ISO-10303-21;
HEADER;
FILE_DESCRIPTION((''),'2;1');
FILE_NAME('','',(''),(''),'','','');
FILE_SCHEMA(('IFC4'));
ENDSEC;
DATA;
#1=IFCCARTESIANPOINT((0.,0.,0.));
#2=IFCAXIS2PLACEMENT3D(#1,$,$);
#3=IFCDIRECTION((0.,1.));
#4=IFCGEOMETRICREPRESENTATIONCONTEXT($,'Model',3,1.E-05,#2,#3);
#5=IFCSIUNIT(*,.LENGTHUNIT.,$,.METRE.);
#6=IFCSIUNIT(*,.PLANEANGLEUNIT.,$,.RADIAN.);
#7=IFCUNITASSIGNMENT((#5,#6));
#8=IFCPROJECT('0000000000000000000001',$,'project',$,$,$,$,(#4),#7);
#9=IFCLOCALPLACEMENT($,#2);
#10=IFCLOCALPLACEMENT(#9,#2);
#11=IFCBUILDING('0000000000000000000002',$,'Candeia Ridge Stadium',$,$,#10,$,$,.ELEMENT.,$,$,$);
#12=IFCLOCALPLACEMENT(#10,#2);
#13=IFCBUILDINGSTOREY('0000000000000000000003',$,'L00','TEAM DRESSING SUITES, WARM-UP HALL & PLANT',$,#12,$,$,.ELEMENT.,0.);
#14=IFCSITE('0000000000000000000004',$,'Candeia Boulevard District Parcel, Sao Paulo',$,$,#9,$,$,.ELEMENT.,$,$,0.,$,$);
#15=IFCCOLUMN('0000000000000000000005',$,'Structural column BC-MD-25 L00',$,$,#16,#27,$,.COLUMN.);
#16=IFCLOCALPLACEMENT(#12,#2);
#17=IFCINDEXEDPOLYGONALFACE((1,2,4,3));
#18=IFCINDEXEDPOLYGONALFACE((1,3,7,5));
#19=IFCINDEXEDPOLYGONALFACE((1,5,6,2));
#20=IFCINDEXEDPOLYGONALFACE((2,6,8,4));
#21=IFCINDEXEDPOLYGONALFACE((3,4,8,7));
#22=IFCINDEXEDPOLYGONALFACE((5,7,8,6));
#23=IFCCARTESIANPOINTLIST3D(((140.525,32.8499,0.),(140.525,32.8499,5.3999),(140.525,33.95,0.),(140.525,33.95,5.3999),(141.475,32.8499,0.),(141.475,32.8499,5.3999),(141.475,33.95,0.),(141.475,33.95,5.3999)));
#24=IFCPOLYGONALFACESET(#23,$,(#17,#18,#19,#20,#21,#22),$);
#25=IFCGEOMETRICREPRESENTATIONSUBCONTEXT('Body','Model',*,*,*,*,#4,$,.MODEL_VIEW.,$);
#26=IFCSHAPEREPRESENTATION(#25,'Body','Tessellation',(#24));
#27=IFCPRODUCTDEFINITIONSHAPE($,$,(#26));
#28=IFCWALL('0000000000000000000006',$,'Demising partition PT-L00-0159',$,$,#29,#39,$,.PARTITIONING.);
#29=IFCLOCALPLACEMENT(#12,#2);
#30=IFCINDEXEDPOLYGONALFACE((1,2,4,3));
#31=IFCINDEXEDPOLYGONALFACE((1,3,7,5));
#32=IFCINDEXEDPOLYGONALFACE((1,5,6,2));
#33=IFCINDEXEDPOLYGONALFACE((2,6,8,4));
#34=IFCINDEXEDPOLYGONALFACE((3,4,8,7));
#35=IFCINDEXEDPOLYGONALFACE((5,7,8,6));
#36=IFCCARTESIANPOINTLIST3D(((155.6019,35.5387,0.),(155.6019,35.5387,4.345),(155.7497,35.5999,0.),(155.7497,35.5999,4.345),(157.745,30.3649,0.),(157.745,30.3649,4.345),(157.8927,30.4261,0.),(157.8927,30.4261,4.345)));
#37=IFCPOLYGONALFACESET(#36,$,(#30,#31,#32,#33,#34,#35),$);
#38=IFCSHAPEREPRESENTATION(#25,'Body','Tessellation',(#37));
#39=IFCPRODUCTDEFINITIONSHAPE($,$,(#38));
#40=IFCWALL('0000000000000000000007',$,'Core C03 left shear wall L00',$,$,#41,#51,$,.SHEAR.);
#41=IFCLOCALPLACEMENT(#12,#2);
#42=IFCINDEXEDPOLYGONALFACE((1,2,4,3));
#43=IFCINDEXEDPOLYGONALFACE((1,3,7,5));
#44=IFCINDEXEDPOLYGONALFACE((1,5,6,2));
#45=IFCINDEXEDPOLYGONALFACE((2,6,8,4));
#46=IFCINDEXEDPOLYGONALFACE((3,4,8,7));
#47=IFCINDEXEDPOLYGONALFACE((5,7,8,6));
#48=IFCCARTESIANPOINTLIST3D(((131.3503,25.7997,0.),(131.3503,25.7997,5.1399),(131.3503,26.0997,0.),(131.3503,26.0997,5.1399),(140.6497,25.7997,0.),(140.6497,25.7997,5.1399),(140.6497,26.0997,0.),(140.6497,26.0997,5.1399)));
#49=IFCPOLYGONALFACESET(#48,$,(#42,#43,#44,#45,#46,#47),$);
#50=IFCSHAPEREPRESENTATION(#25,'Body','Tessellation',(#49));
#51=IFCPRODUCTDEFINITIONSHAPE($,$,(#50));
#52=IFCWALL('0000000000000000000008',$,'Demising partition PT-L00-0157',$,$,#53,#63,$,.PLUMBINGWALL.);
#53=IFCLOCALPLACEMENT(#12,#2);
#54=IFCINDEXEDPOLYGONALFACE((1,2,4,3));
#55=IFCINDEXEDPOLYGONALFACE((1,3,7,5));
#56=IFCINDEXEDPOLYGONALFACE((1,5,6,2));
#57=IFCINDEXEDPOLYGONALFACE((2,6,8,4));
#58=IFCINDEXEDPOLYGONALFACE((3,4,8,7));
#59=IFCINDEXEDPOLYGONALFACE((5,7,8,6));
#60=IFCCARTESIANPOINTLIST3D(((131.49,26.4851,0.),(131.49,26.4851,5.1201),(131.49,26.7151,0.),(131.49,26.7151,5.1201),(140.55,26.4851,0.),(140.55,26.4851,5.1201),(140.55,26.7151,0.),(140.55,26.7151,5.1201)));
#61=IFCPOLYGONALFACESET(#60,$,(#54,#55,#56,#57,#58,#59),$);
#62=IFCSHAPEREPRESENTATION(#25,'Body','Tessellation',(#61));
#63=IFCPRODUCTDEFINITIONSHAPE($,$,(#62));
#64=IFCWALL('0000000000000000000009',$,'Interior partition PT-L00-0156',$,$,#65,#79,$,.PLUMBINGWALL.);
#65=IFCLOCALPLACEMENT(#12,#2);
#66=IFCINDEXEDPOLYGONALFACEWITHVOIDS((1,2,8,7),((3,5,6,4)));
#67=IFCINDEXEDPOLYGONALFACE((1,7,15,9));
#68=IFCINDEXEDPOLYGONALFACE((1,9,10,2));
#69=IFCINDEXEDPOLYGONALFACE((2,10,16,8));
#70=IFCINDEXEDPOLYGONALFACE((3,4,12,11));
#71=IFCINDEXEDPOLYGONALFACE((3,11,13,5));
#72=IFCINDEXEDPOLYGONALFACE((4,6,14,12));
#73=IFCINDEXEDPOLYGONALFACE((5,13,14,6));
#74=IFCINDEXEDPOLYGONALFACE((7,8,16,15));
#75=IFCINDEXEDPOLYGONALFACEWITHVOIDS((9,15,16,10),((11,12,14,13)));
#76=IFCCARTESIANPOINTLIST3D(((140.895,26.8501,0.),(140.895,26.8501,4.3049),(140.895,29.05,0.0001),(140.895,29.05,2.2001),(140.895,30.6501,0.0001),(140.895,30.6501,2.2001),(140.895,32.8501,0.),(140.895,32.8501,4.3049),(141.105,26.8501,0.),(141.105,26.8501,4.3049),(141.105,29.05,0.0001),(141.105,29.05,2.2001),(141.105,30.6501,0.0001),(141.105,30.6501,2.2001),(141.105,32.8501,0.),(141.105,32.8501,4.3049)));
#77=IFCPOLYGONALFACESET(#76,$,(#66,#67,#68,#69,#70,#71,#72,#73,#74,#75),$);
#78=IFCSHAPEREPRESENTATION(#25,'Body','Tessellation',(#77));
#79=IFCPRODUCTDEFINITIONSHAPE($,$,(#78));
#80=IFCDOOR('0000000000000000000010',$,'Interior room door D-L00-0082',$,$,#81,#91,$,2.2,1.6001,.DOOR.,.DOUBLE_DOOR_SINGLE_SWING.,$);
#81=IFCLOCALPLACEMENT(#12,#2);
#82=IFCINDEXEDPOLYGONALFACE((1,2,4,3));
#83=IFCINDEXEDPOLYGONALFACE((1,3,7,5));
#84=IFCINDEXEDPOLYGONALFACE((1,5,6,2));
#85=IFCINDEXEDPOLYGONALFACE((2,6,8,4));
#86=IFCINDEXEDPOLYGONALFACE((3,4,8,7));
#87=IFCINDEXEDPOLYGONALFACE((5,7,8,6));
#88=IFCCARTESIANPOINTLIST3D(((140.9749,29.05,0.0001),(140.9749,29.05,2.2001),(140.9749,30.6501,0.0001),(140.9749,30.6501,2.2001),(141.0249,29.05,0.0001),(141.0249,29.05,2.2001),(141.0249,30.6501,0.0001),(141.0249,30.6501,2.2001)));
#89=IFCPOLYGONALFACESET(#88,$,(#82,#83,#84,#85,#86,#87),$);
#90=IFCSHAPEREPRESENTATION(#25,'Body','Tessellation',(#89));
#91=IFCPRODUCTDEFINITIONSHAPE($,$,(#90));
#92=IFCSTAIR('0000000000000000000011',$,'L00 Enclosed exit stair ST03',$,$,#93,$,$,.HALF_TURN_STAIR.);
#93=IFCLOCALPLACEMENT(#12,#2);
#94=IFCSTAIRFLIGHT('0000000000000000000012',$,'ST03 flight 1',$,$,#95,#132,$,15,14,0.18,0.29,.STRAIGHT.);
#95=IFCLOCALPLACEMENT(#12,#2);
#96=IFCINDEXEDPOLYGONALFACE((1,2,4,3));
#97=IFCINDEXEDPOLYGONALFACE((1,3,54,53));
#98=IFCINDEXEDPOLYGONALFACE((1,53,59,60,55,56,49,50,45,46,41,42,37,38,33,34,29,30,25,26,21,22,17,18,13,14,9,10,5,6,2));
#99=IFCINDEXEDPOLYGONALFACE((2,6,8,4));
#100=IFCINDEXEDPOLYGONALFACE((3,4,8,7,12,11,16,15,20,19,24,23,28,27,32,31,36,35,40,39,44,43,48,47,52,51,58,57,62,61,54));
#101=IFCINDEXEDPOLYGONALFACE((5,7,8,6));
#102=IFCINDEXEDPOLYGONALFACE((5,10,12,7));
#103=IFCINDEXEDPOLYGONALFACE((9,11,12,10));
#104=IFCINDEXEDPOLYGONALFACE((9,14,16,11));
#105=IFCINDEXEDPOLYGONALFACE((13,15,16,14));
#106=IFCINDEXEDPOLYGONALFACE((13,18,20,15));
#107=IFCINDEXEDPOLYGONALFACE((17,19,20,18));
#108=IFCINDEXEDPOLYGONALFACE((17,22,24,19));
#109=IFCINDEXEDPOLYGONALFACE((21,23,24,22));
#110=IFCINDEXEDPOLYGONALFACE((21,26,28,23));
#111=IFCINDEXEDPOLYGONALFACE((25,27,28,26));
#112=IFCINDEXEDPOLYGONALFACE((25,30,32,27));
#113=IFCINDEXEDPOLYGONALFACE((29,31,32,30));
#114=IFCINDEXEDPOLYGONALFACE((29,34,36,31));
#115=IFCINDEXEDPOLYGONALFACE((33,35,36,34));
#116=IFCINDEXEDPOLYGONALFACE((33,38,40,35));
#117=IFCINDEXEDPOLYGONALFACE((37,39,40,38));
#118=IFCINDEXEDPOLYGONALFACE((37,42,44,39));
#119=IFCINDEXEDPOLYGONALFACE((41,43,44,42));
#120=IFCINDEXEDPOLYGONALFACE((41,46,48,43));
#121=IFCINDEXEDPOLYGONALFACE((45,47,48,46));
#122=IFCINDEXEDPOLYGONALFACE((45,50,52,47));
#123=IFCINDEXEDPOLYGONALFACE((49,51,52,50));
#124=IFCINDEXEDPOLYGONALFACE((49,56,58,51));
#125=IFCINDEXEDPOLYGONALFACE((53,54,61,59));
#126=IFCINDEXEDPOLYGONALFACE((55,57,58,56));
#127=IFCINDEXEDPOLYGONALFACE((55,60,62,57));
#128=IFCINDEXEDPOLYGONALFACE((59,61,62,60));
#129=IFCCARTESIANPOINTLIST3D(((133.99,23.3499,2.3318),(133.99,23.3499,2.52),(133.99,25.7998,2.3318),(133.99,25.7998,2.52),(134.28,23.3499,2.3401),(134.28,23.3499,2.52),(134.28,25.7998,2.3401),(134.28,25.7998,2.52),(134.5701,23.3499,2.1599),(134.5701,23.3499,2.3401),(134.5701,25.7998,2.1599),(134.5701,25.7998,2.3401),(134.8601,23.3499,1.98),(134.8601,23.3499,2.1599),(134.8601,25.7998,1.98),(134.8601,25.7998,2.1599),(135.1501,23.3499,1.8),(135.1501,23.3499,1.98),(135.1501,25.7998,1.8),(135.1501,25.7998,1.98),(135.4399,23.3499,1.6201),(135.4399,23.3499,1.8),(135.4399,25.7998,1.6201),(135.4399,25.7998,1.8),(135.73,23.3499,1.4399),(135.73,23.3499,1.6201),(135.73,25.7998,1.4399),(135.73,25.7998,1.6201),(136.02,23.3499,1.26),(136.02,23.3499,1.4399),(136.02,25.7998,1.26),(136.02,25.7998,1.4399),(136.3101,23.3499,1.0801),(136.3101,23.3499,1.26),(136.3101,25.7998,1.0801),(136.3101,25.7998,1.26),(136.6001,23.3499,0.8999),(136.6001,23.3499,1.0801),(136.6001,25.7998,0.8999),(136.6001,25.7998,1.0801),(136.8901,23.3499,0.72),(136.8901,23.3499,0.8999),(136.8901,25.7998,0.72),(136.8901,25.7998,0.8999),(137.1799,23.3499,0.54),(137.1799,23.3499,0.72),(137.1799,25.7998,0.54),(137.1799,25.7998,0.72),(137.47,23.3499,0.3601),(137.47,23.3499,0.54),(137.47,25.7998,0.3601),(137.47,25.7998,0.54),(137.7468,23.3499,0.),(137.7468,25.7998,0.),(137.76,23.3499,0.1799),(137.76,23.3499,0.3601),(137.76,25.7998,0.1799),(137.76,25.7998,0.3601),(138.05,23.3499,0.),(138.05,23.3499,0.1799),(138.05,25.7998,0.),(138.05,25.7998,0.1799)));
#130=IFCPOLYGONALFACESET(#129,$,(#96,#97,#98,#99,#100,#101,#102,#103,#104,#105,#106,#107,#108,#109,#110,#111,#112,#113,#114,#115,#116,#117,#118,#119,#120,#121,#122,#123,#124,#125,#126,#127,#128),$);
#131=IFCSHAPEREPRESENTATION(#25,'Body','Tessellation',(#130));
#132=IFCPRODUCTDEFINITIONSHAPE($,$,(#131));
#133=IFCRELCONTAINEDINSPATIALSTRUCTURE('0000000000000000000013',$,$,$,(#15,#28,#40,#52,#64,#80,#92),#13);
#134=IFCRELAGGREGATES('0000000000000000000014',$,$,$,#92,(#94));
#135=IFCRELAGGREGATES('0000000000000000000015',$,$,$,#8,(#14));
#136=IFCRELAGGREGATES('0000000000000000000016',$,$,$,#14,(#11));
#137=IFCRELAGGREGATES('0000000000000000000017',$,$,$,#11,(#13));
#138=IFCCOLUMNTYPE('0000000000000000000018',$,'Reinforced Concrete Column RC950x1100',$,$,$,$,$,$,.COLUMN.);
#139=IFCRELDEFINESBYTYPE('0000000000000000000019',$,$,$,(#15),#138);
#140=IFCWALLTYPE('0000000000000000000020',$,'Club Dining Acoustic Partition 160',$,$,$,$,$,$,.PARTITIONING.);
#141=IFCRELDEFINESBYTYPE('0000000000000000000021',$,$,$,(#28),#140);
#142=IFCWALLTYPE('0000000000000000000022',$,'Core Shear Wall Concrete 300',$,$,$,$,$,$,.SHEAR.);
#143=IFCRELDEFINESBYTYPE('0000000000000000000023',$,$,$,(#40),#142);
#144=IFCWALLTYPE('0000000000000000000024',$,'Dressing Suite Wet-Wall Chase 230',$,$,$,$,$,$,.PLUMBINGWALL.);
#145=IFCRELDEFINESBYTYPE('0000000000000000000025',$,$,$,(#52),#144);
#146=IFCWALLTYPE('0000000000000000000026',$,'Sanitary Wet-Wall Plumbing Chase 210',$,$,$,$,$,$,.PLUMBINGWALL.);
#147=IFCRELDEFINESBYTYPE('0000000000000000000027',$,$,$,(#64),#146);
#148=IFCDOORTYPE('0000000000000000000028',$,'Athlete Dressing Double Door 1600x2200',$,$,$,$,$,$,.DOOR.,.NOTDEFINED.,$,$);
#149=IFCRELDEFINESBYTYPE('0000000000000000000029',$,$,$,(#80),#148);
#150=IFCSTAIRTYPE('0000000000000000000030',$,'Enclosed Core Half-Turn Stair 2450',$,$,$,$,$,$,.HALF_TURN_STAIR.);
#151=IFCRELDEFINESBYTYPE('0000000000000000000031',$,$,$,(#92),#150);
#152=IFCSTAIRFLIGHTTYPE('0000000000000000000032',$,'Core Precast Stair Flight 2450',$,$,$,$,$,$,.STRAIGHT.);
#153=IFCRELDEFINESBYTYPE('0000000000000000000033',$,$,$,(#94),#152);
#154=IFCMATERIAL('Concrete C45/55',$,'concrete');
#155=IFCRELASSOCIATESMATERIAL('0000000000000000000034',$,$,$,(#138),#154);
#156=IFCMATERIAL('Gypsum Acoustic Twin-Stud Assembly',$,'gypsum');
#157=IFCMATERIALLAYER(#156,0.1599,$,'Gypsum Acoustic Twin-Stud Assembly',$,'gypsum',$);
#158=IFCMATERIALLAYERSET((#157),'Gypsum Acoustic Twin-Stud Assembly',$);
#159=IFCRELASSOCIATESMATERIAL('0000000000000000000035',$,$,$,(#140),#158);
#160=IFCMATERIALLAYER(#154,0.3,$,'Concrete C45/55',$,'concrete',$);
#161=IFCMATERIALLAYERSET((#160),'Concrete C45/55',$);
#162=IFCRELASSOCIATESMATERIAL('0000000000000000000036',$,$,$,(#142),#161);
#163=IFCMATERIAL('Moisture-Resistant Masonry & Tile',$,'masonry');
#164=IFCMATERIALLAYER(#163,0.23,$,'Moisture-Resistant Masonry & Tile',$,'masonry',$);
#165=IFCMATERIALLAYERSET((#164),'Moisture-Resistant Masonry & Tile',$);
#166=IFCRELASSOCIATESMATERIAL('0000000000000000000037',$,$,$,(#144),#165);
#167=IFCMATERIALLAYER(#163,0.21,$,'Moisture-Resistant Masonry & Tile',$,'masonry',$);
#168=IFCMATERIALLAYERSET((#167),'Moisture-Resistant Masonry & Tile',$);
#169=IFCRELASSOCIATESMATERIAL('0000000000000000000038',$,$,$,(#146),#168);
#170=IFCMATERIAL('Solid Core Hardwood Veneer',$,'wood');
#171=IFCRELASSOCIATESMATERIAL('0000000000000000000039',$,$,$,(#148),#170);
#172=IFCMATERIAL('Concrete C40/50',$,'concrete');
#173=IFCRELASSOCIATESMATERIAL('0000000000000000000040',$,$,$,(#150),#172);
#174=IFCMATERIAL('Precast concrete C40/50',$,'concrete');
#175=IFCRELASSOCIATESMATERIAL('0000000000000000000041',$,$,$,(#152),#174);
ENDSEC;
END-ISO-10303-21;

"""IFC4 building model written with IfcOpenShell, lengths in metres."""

from ifc_helpers import new_model, si_unit, direction, frame, frame_2d, origin, origin_2d, place, context, subcontext, project, spatial, polyline, rectangle, outline, extrude, material, layer, layer_set, material_profile, profile_set, type_object, element, fill, aggregate, save


model = new_model("IFC4")

# Units and contexts
model_context = context("Model", 3, precision=1e-05, world=origin(), true_north=direction((0.0, 1.0)))
body_context = subcontext(model_context, "Body", "Model", "MODEL_VIEW")
ifc_project = project(units=[si_unit("LENGTHUNIT", "METRE"), si_unit("PLANEANGLEUNIT", "RADIAN")], contexts=[model_context])

# Site, building, storey
site_placement = place(None, origin())
site = spatial("IfcSite", under=ifc_project, at=site_placement, Name="Candeia Boulevard District Parcel, Sao Paulo", CompositionType="ELEMENT", RefElevation=0.0)
building_placement = place(site_placement, origin())
building = spatial("IfcBuilding", under=site, at=building_placement, Name="Candeia Ridge Stadium", CompositionType="ELEMENT")
storey_placement = place(building_placement, origin())
storey = spatial("IfcBuildingStorey", under=building, at=storey_placement, Name="L00", Description="TEAM DRESSING SUITES, WARM-UP HALL & PLANT", CompositionType="ELEMENT", Elevation=0.0)

# Shared definitions
ifc_material_1 = material(Name="Concrete C40/50", Category="concrete")

# Column
ifc_material_2 = material(Name="Concrete C45/55", Category="concrete")
ifc_material_profile_1 = material_profile(ifc_material_2, rectangle(XDim=0.95, YDim=1.1001, at=origin_2d()), Name="RC950x1100", Category="concrete")
ifc_profile_set_1 = profile_set([ifc_material_profile_1], Name="Concrete C45/55")
column_type_1 = type_object("IfcColumnType", Name="Reinforced Concrete Column RC950x1100", PredefinedType="COLUMN", material=ifc_profile_set_1)
column_1_placement = place(storey_placement, frame((141.0, 33.3999, 0.0), z_axis=(0.0, 0.0, 1.0), x_axis=(1.0, 0.0, 0.0)))
element("IfcColumn", 1, at=column_1_placement, inside=storey, type_object=column_type_1, Name="Structural column BC-MD-25 L00", PredefinedType="COLUMN", context=body_context, shape_type="SweptSolid", body=[
    extrude(rectangle(XDim=0.95, YDim=1.1001, at=origin_2d()), origin(), (0.0, 0.0, 1.0), 5.3999),
])

# Walls
ifc_material_3 = material(Name="Gypsum Acoustic Twin-Stud Assembly", Category="gypsum")
ifc_layer_1 = layer(ifc_material_3, 0.1599, Name="Gypsum Acoustic Twin-Stud Assembly", Category="gypsum")
ifc_layer_set_1 = layer_set([ifc_layer_1], Name="Gypsum Acoustic Twin-Stud Assembly")
wall_type_1 = type_object("IfcWallType", Name="Club Dining Acoustic Partition 160", PredefinedType="PARTITIONING", material=ifc_layer_set_1)
wall_1_placement = place(storey_placement, frame((155.6758, 35.5693, 0.0), z_axis=(0.0, 0.0, 1.0), x_axis=(0.382683, -0.92388, 0.0)))
element("IfcWall", 2, at=wall_1_placement, inside=storey, type_object=wall_type_1, Name="Demising partition PT-L00-0159", PredefinedType="PARTITIONING", context=body_context, shape_type="SweptSolid", body=[
    extrude(rectangle(XDim=5.6001, YDim=0.1599, at=frame_2d((2.8, 0.0))), origin(), (0.0, 0.0, 1.0), 4.345),
])
ifc_layer_2 = layer(ifc_material_2, 0.3, Name="Concrete C45/55", Category="concrete")
ifc_layer_set_2 = layer_set([ifc_layer_2], Name="Concrete C45/55")
wall_type_2 = type_object("IfcWallType", Name="Core Shear Wall Concrete 300", PredefinedType="SHEAR", material=ifc_layer_set_2)
wall_2_placement = place(storey_placement, frame((140.6497, 25.9497, 0.0), z_axis=(0.0, 0.0, 1.0), x_axis=(-1.0, 0.0, 0.0)))
element("IfcWall", 3, at=wall_2_placement, inside=storey, type_object=wall_type_2, Name="Core C03 left shear wall L00", PredefinedType="SHEAR", context=body_context, shape_type="SweptSolid", body=[
    extrude(rectangle(XDim=9.2993, YDim=0.3, at=frame_2d((4.6497, 0.0))), origin(), (0.0, 0.0, 1.0), 5.1399),
])
ifc_material_4 = material(Name="Moisture-Resistant Masonry & Tile", Category="masonry")
ifc_layer_3 = layer(ifc_material_4, 0.23, Name="Moisture-Resistant Masonry & Tile", Category="masonry")
ifc_layer_set_3 = layer_set([ifc_layer_3], Name="Moisture-Resistant Masonry & Tile")
wall_type_3 = type_object("IfcWallType", Name="Dressing Suite Wet-Wall Chase 230", PredefinedType="PLUMBINGWALL", material=ifc_layer_set_3)
wall_3_placement = place(storey_placement, frame((140.55, 26.6001, 0.0), z_axis=(0.0, 0.0, 1.0), x_axis=(-1.0, 0.0, 0.0)))
element("IfcWall", 4, at=wall_3_placement, inside=storey, type_object=wall_type_3, Name="Demising partition PT-L00-0157", PredefinedType="PLUMBINGWALL", context=body_context, shape_type="SweptSolid", body=[
    extrude(rectangle(XDim=9.0601, YDim=0.23, at=frame_2d((4.53, 0.0))), origin(), (0.0, 0.0, 1.0), 5.1201),
])

# Wall, opening, door
ifc_layer_4 = layer(ifc_material_4, 0.21, Name="Moisture-Resistant Masonry & Tile", Category="masonry")
ifc_layer_set_4 = layer_set([ifc_layer_4], Name="Moisture-Resistant Masonry & Tile")
wall_type_4 = type_object("IfcWallType", Name="Sanitary Wet-Wall Plumbing Chase 210", PredefinedType="PLUMBINGWALL", material=ifc_layer_set_4)
wall_4_placement = place(storey_placement, frame((141.0, 32.8501, 0.0), z_axis=(0.0, 0.0, 1.0), x_axis=(0.0, -1.0, 0.0)))
wall_4 = element("IfcWall", 5, at=wall_4_placement, inside=storey, type_object=wall_type_4, Name="Interior partition PT-L00-0156", PredefinedType="PLUMBINGWALL", context=body_context, shape_type="SweptSolid", body=[
    extrude(rectangle(XDim=6.0, YDim=0.21, at=frame_2d((3.0, 0.0))), origin(), (0.0, 0.0, 1.0), 4.3049),
])
opening_placement = place(wall_4_placement, frame((2.2, 0.0, 0.0)))
opening = element("IfcOpeningElement", 6, at=opening_placement, cuts=wall_4, PredefinedType="OPENING", context=body_context, shape_type="SweptSolid", body=[
    extrude(rectangle(XDim=1.6001, YDim=2.2, at=frame_2d((0.8, 1.1001))), frame((0.0, 0.115, 0.0), z_axis=(0.0, -1.0, 0.0), x_axis=(1.0, 0.0, 0.0)), (0.0, 0.0, 1.0), 0.23),
])
ifc_material_5 = material(Name="Solid Core Hardwood Veneer", Category="wood")
door_type = type_object("IfcDoorType", Name="Athlete Dressing Double Door 1600x2200", OperationType="NOTDEFINED", PredefinedType="DOOR", material=ifc_material_5)
door_placement = place(opening_placement, origin())
door = element("IfcDoor", 7, at=door_placement, inside=storey, type_object=door_type, Name="Interior room door D-L00-0082", OperationType="DOUBLE_DOOR_SINGLE_SWING", OverallHeight=2.2, OverallWidth=1.6001, PredefinedType="DOOR", context=body_context, shape_type="SweptSolid", body=[
    extrude(rectangle(XDim=1.6001, YDim=2.2, at=frame_2d((0.8, 1.1001))), frame((0.0, 0.0249, 0.0), z_axis=(0.0, -1.0, 0.0), x_axis=(1.0, 0.0, 0.0)), (0.0, 0.0, 1.0), 0.05),
])
fill(opening, door)

# Stair, stair flight
stair_type = type_object("IfcStairType", Name="Enclosed Core Half-Turn Stair 2450", PredefinedType="HALF_TURN_STAIR", material=ifc_material_1)
stair_placement = place(storey_placement, origin())
stair = element("IfcStair", 8, at=stair_placement, inside=storey, type_object=stair_type, Name="L00 Enclosed exit stair ST03", PredefinedType="HALF_TURN_STAIR")
ifc_material_6 = material(Name="Precast concrete C40/50", Category="concrete")
stair_flight_type = type_object("IfcStairFlightType", Name="Core Precast Stair Flight 2450", PredefinedType="STRAIGHT", material=ifc_material_6)
stair_flight_placement = place(storey_placement, frame((138.05, 24.575, 0.0), z_axis=(0.0, 0.0, 1.0), x_axis=(-1.0, 0.0, 0.0)))
stair_flight = element("IfcStairFlight", 9, at=stair_flight_placement, type_object=stair_flight_type, Name="ST03 flight 1", NumberOfRisers=15, NumberOfTreads=14, PredefinedType="STRAIGHT", RiserHeight=0.18, TreadLength=0.29, context=body_context, shape_type="SweptSolid", body=[
    extrude(outline(polyline([(0.0, 0.0), (0.0, 0.1799), (0.29, 0.1799), (0.29, 0.3601), (0.5801, 0.3601), (0.5801, 0.54), (0.8701, 0.54), (0.8701, 0.72), (1.1599, 0.72), (1.1599, 0.8999), (1.45, 0.8999), (1.45, 1.0801), (1.74, 1.0801), (1.74, 1.26), (2.03, 1.26), (2.03, 1.4399), (2.3201, 1.4399), (2.3201, 1.6201), (2.6101, 1.6201), (2.6101, 1.8), (2.8999, 1.8), (2.8999, 1.98), (3.1899, 1.98), (3.1899, 2.1599), (3.48, 2.1599), (3.48, 2.3401), (3.77, 2.3401), (3.77, 2.52), (4.0601, 2.52), (4.0601, 2.7), (4.0601, 2.3318), (0.3032, 0.0), (0.0, 0.0)])), frame((0.0, 1.2251, 0.0), z_axis=(0.0, -1.0, 0.0), x_axis=(1.0, 0.0, 0.0)), (0.0, 0.0, 1.0), 2.45),
])
aggregate(stair, [stair_flight])

save(model, "model.ifc")
